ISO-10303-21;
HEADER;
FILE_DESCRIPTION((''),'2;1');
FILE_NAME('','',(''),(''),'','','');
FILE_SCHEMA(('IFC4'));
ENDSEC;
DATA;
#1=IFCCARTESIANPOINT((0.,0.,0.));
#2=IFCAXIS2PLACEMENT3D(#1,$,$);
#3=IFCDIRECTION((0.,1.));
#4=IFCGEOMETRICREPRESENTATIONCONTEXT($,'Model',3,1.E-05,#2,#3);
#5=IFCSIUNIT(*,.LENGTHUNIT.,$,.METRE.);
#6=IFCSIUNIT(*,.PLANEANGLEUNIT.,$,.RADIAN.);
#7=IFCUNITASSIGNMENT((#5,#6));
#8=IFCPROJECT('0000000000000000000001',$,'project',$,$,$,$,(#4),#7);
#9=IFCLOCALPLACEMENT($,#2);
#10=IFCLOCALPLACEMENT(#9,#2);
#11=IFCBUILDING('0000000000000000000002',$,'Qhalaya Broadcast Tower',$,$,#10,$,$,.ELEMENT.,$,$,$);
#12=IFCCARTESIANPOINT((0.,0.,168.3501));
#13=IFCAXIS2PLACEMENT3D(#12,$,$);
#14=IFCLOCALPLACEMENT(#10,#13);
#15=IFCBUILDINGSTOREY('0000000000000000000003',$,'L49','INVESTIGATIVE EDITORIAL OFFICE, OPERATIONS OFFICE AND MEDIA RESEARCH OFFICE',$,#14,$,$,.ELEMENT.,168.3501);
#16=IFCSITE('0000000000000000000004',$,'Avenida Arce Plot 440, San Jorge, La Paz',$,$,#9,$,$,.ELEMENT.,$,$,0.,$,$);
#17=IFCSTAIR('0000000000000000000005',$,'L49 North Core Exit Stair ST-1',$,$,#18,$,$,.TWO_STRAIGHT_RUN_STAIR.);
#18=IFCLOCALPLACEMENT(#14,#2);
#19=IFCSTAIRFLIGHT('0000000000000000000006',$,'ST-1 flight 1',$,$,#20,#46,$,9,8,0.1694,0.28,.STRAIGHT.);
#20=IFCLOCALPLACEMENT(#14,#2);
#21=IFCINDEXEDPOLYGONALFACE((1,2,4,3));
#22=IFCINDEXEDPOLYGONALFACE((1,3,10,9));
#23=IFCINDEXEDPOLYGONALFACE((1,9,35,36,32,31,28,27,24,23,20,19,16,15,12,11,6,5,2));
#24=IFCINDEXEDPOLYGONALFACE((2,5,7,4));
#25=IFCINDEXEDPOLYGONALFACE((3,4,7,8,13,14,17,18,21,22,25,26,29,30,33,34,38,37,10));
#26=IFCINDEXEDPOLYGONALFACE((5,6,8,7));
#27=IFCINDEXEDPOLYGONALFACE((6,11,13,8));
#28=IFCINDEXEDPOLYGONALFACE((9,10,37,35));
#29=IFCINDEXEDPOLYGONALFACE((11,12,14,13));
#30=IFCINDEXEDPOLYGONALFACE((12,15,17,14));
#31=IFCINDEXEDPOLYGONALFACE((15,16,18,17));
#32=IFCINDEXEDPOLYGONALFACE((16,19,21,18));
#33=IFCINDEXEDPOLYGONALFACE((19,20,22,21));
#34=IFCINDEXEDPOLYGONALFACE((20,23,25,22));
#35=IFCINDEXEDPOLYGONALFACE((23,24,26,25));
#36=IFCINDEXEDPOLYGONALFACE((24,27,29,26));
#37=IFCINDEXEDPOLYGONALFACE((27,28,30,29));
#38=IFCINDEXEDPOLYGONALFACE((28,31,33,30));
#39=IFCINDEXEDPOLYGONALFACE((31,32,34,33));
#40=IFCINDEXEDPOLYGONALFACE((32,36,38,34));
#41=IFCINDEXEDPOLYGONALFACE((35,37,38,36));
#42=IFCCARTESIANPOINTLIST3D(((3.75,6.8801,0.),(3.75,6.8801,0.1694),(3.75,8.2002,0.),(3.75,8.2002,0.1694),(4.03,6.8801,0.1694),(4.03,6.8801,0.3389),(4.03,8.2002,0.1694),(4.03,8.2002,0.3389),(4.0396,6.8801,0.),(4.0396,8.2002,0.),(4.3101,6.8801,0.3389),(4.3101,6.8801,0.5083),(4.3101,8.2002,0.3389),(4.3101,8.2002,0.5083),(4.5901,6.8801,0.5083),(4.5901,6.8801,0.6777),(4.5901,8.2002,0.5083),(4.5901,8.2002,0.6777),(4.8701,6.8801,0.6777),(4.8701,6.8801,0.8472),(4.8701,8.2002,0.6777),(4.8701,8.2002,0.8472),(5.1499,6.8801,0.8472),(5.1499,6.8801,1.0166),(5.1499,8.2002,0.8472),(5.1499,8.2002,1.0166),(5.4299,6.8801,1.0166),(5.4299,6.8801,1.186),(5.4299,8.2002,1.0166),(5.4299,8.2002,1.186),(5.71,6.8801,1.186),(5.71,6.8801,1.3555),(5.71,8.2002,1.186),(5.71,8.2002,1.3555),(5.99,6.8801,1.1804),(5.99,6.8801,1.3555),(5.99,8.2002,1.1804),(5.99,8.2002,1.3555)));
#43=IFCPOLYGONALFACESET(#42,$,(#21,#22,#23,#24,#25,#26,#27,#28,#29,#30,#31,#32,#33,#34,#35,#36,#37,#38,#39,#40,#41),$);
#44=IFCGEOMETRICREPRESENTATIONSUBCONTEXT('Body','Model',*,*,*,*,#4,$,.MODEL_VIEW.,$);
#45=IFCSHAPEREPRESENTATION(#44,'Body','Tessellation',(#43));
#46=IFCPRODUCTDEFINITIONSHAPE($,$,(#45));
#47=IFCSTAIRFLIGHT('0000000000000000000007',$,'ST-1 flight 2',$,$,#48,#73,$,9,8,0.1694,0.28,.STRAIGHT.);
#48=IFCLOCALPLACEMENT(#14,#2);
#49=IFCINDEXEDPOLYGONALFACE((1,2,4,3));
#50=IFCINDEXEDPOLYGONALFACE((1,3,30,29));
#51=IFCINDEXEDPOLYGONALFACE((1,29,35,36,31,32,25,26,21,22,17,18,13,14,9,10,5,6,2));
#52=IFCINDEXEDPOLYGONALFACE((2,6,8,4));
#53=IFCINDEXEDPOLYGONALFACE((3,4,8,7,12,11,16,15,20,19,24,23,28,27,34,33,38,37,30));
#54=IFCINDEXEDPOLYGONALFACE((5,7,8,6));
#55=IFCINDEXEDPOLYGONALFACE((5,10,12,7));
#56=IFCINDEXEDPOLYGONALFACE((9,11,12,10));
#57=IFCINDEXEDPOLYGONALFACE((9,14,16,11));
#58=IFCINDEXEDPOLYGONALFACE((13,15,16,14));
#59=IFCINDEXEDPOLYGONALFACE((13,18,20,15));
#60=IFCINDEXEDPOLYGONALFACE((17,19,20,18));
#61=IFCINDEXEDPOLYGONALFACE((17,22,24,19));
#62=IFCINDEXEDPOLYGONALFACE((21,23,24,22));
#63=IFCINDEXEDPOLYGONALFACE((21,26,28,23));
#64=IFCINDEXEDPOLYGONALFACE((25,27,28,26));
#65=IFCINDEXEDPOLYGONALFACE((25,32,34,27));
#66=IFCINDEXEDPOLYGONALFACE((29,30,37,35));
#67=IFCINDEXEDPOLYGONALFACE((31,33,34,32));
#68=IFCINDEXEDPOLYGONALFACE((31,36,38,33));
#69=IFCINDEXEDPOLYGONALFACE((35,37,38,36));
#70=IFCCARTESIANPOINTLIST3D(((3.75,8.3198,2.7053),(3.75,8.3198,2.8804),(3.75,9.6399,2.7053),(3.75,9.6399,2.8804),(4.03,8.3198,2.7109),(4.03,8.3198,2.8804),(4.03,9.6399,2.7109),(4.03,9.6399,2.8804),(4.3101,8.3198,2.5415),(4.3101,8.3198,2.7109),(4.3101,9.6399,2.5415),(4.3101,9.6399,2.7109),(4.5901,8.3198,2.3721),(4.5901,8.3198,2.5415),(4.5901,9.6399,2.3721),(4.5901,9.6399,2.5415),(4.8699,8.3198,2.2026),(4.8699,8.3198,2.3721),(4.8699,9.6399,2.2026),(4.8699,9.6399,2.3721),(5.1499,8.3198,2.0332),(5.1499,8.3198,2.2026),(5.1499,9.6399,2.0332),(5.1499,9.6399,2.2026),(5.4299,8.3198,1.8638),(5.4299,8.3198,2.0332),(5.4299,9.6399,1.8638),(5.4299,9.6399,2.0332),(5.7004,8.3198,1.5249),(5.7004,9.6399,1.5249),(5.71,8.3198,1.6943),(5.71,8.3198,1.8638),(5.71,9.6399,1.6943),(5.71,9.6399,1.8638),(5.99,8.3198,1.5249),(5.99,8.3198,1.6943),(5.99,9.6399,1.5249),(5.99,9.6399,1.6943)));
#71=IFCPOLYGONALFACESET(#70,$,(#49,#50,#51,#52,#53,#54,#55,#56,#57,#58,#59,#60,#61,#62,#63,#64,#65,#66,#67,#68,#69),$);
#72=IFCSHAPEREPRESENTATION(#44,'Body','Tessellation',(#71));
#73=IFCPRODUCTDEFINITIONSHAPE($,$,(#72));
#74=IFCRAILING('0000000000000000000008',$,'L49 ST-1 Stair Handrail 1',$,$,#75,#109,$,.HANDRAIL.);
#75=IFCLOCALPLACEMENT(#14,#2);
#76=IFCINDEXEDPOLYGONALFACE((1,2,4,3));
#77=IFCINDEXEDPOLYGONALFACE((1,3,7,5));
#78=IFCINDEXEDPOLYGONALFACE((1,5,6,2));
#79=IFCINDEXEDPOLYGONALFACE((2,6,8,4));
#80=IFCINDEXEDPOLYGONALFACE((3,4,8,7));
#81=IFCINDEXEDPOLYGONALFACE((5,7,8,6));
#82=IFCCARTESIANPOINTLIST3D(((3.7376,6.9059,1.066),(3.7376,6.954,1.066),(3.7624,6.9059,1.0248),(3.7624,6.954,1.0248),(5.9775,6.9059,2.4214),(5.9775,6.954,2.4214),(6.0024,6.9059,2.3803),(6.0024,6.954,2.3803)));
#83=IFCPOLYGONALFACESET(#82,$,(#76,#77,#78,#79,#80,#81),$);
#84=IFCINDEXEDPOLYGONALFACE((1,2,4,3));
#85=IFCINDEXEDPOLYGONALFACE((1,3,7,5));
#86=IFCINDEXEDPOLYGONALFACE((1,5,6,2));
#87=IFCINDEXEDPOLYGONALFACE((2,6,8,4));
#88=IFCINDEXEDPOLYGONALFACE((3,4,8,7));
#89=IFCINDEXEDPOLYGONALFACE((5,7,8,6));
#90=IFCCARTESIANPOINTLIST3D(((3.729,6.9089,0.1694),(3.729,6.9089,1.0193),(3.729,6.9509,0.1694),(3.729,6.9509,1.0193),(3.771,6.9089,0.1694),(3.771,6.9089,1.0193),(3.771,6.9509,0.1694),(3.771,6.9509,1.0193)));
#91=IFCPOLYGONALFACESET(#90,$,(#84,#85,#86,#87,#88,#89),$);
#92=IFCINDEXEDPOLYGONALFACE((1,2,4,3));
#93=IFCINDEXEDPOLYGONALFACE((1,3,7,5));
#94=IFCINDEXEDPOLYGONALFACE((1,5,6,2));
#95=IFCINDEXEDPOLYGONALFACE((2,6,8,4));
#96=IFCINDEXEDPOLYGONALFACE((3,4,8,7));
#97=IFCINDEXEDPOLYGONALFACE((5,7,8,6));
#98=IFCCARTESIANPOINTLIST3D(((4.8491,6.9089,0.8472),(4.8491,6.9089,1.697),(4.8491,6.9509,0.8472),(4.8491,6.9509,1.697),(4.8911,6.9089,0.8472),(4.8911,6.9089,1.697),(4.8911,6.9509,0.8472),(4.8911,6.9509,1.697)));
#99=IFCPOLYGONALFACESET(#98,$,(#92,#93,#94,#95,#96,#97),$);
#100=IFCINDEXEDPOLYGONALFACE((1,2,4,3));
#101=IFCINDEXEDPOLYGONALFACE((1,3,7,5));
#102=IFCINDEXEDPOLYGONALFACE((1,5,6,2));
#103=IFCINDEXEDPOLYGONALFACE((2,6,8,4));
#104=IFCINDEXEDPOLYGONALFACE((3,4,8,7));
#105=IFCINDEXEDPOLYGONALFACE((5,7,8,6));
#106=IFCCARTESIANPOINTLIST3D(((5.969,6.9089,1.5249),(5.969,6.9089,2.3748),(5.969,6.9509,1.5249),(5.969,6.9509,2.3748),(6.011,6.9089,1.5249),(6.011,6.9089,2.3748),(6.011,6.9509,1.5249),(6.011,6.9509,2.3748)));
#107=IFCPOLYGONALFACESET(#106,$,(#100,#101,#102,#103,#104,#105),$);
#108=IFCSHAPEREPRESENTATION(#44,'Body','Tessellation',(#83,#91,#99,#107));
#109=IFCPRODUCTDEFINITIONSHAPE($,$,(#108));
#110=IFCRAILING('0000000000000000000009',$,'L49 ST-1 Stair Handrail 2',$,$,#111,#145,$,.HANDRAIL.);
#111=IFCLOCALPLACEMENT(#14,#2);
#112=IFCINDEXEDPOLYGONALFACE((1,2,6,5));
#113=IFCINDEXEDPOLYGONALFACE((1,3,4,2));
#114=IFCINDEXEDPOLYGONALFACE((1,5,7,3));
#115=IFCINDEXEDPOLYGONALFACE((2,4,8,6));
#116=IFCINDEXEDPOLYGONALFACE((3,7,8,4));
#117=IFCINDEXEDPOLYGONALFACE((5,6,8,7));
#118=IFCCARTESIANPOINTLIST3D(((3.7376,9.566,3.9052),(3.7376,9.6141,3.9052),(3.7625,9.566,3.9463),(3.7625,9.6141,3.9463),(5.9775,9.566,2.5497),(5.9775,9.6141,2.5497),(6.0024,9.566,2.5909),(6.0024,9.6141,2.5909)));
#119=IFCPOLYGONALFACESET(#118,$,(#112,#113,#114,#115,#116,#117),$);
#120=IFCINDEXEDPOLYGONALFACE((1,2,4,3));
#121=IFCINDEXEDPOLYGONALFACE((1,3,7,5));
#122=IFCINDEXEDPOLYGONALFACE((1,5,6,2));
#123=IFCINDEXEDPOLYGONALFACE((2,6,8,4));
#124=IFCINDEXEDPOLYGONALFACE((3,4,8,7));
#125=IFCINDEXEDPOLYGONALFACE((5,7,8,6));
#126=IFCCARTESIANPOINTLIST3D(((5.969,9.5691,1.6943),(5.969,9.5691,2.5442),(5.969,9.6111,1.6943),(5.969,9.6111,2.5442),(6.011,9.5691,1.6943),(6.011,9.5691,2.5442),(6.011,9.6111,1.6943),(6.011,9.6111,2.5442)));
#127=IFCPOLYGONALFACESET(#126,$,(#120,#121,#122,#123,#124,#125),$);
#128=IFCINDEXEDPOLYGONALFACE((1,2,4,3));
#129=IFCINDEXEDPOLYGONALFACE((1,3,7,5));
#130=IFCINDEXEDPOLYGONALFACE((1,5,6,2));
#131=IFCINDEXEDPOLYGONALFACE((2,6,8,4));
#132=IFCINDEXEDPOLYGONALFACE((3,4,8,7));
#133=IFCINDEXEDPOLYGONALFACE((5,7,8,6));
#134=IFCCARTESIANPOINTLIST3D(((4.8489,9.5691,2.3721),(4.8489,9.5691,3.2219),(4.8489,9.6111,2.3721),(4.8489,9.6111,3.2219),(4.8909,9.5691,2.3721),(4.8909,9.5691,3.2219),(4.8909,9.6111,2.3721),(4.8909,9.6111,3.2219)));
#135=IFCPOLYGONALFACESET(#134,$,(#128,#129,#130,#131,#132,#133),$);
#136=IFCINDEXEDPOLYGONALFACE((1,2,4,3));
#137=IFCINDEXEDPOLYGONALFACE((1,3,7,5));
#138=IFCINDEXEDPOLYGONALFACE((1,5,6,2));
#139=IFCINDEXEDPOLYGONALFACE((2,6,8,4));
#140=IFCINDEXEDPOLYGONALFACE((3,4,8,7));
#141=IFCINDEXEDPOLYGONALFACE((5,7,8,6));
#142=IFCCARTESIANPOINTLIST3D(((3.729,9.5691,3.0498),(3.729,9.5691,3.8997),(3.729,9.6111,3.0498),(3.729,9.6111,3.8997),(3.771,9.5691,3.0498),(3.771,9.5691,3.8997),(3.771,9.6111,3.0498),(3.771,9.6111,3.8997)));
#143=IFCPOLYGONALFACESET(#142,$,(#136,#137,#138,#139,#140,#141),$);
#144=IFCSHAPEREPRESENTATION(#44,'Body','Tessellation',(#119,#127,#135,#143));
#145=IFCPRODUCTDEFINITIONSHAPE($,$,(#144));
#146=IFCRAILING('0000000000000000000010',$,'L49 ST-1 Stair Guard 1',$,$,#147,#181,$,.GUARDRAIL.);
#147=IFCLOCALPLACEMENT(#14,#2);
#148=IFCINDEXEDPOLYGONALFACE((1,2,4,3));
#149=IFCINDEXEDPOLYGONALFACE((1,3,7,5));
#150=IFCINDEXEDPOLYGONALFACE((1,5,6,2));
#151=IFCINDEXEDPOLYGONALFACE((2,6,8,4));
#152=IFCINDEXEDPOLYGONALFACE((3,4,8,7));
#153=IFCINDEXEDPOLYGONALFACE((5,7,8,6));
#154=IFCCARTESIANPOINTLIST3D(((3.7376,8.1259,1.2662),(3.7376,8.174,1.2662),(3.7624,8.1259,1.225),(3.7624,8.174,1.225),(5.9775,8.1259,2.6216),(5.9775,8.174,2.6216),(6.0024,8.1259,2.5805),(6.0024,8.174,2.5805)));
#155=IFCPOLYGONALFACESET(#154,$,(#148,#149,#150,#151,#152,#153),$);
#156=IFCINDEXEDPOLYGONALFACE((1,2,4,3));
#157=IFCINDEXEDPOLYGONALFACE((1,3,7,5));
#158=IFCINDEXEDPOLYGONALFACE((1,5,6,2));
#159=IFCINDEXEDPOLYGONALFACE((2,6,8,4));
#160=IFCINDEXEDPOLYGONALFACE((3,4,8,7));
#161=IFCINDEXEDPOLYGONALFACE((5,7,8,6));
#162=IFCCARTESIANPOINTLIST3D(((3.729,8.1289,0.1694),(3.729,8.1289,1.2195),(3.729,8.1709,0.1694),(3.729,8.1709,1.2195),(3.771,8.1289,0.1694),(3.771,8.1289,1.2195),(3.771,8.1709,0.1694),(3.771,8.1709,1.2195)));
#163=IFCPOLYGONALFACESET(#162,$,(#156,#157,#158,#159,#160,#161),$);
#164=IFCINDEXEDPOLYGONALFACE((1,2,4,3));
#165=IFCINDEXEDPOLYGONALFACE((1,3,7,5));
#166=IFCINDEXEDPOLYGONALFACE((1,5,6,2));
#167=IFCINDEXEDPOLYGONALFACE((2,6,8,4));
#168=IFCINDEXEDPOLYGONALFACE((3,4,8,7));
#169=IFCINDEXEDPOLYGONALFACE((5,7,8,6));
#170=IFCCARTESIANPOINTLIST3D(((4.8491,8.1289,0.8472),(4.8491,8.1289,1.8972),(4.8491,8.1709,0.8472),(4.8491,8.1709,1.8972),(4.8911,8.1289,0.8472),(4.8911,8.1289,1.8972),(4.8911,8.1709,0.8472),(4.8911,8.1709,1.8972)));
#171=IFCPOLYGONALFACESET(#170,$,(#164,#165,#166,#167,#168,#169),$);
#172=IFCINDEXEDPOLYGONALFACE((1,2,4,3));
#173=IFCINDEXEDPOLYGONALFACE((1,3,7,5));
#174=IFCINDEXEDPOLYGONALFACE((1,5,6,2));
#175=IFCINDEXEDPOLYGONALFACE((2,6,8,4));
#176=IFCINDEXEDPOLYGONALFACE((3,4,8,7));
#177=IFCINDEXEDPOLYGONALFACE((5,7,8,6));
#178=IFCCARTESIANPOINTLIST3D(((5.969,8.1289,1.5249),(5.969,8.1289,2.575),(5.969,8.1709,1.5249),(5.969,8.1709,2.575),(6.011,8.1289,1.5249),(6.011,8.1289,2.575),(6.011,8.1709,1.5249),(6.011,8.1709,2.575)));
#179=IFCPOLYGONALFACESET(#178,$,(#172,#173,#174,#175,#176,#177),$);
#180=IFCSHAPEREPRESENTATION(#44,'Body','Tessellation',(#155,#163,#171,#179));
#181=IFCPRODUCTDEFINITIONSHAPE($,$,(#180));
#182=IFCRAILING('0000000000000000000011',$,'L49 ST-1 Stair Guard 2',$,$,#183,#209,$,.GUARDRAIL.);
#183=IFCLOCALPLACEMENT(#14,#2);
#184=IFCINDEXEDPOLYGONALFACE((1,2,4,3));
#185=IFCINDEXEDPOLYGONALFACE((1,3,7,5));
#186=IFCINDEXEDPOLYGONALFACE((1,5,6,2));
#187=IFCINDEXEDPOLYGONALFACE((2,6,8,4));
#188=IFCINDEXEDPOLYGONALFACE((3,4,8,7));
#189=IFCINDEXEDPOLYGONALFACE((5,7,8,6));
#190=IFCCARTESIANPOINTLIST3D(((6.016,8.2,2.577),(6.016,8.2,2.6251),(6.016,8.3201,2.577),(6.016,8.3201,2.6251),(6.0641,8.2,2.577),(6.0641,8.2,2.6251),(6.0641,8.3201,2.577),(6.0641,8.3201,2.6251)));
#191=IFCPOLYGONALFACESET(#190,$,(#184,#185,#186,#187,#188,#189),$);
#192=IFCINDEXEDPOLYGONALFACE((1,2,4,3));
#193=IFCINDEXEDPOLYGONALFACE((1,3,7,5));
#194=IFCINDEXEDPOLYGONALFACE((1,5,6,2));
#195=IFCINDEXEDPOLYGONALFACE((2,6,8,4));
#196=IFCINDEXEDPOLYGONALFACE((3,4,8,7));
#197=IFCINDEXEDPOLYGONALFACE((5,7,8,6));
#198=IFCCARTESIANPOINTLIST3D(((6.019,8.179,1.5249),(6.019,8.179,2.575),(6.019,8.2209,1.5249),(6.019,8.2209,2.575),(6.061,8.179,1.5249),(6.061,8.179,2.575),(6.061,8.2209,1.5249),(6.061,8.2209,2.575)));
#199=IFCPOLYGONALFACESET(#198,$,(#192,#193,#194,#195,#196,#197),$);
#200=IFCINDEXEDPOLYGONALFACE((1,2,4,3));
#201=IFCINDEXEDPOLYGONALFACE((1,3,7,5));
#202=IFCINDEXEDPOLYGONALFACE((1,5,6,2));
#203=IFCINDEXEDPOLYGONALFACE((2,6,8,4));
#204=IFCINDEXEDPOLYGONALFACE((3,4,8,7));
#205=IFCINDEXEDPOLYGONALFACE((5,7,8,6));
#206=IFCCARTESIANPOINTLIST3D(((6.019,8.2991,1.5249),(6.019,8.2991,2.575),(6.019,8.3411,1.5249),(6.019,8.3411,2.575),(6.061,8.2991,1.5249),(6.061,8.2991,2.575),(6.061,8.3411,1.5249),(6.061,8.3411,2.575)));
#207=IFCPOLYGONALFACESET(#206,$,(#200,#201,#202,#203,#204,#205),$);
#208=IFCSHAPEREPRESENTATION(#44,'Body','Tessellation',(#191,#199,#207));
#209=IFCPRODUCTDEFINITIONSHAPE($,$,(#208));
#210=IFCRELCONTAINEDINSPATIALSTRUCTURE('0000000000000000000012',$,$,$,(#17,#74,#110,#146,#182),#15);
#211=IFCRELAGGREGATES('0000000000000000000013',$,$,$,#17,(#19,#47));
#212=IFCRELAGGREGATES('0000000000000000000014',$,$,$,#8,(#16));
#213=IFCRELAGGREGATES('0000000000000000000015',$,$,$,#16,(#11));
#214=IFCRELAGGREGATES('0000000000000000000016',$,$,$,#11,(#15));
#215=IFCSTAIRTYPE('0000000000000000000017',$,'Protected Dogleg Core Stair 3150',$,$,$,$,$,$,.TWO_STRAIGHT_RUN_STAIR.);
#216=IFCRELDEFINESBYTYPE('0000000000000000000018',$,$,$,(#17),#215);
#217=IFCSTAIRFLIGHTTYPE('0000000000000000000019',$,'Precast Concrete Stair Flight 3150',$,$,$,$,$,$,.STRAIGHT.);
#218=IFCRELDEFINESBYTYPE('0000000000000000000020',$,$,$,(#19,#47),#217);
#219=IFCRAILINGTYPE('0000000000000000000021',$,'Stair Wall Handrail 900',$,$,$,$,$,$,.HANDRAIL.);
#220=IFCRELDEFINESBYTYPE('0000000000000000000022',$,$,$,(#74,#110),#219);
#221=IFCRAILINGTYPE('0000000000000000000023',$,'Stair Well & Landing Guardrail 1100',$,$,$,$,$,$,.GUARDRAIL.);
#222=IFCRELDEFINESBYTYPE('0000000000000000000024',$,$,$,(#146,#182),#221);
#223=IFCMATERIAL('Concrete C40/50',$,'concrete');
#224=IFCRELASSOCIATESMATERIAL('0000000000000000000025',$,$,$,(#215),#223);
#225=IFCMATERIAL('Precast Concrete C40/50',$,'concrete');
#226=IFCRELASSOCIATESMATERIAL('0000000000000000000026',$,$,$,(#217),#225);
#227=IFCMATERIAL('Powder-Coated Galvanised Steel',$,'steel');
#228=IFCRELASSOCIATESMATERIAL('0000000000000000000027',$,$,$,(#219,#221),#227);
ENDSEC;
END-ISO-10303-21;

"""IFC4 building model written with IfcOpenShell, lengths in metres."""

from ifc_helpers import new_model, si_unit, direction, frame, origin, origin_2d, place, context, subcontext, project, spatial, polyline, rectangle, outline, extrude, material, type_object, element, aggregate, save


model = new_model("IFC4")

# Units and contexts
model_context = context("Model", 3, precision=1e-05, world=origin(), true_north=direction((0.0, 1.0)))
body_context = subcontext(model_context, "Body", "Model", "MODEL_VIEW")
ifc_project = project(units=[si_unit("LENGTHUNIT", "METRE"), si_unit("PLANEANGLEUNIT", "RADIAN")], contexts=[model_context])

# Site, building, storey
site_placement = place(None, origin())
site = spatial("IfcSite", under=ifc_project, at=site_placement, Name="Avenida Arce Plot 440, San Jorge, La Paz", CompositionType="ELEMENT", RefElevation=0.0)
building_placement = place(site_placement, origin())
building = spatial("IfcBuilding", under=site, at=building_placement, Name="Qhalaya Broadcast Tower", CompositionType="ELEMENT")
storey_placement = place(building_placement, frame((0.0, 0.0, 168.3501)))
storey = spatial("IfcBuildingStorey", under=building, at=storey_placement, Name="L49", Description="INVESTIGATIVE EDITORIAL OFFICE, OPERATIONS OFFICE AND MEDIA RESEARCH OFFICE", CompositionType="ELEMENT", Elevation=168.3501)

# Stair, stair flights
ifc_material_1 = material(Name="Concrete C40/50", Category="concrete")
stair_type = type_object("IfcStairType", Name="Protected Dogleg Core Stair 3150", PredefinedType="TWO_STRAIGHT_RUN_STAIR", material=ifc_material_1)
stair_placement = place(storey_placement, origin())
stair = element("IfcStair", 1, at=stair_placement, inside=storey, type_object=stair_type, Name="L49 North Core Exit Stair ST-1", PredefinedType="TWO_STRAIGHT_RUN_STAIR")
ifc_material_2 = material(Name="Precast Concrete C40/50", Category="concrete")
stair_flight_type = type_object("IfcStairFlightType", Name="Precast Concrete Stair Flight 3150", PredefinedType="STRAIGHT", material=ifc_material_2)
stair_flight_1_placement = place(storey_placement, frame((3.75, 7.54, 0.0), z_axis=(0.0, 0.0, 1.0), x_axis=(1.0, 0.0, 0.0)))
stair_flight_1 = element("IfcStairFlight", 2, at=stair_flight_1_placement, type_object=stair_flight_type, Name="ST-1 flight 1", NumberOfRisers=9, NumberOfTreads=8, PredefinedType="STRAIGHT", RiserHeight=0.1694, TreadLength=0.28, context=body_context, shape_type="SweptSolid", body=[
    extrude(outline(polyline([(0.0, 0.0), (0.0, 0.1694), (0.28, 0.1694), (0.28, 0.3389), (0.5601, 0.3389), (0.5601, 0.5083), (0.8401, 0.5083), (0.8401, 0.6777), (1.1201, 0.6777), (1.1201, 0.8472), (1.3999, 0.8472), (1.3999, 1.0166), (1.6799, 1.0166), (1.6799, 1.186), (1.96, 1.186), (1.96, 1.3555), (2.24, 1.3555), (2.24, 1.5249), (2.24, 1.1804), (0.2896, 0.0), (0.0, 0.0)])), frame((0.0, 0.6602, 0.0), z_axis=(0.0, -1.0, 0.0), x_axis=(1.0, 0.0, 0.0)), (0.0, 0.0, 1.0), 1.3201),
])
stair_flight_2_placement = place(storey_placement, frame((5.99, 8.98, 1.5249), z_axis=(0.0, 0.0, 1.0), x_axis=(-1.0, 0.0, 0.0)))
stair_flight_2 = element("IfcStairFlight", 3, at=stair_flight_2_placement, type_object=stair_flight_type, Name="ST-1 flight 2", NumberOfRisers=9, NumberOfTreads=8, PredefinedType="STRAIGHT", RiserHeight=0.1694, TreadLength=0.28, context=body_context, shape_type="SweptSolid", body=[
    extrude(outline(polyline([(0.0, 0.0), (0.0, 0.1694), (0.28, 0.1694), (0.28, 0.3389), (0.5601, 0.3389), (0.5601, 0.5083), (0.8401, 0.5083), (0.8401, 0.6777), (1.1201, 0.6777), (1.1201, 0.8472), (1.3999, 0.8472), (1.3999, 1.0166), (1.6799, 1.0166), (1.6799, 1.186), (1.96, 1.186), (1.96, 1.3555), (2.24, 1.3555), (2.24, 1.5249), (2.24, 1.1804), (0.2896, 0.0), (0.0, 0.0)])), frame((0.0, 0.6602, 0.0), z_axis=(0.0, -1.0, 0.0), x_axis=(1.0, 0.0, 0.0)), (0.0, 0.0, 1.0), 1.3201),
])
aggregate(stair, [stair_flight_1, stair_flight_2])

# Railings
ifc_material_3 = material(Name="Powder-Coated Galvanised Steel", Category="steel")
railing_type_1 = type_object("IfcRailingType", Name="Stair Wall Handrail 900", PredefinedType="HANDRAIL", material=ifc_material_3)
railing_1_placement = place(storey_placement, frame((3.75, 6.9299, 0.1694)))
element("IfcRailing", 4, at=railing_1_placement, inside=storey, type_object=railing_type_1, Name="L49 ST-1 Stair Handrail 1", PredefinedType="HANDRAIL", context=body_context, shape_type="SweptSolid", body=[
    extrude(rectangle(XDim=0.0481, YDim=0.0481, at=origin_2d()), frame((0.0, 0.0, 0.876), z_axis=(0.855553, 0.0, 0.517715), x_axis=(0.0, 1.0, 0.0)), (0.0, 0.0, 1.0), 2.6182),
    extrude(rectangle(XDim=0.042, YDim=0.042, at=origin_2d()), origin(), (0.0, 0.0, 1.0), 0.8499),
    extrude(rectangle(XDim=0.042, YDim=0.042, at=origin_2d()), frame((1.1201, 0.0, 0.6777)), (0.0, 0.0, 1.0), 0.8499),
    extrude(rectangle(XDim=0.042, YDim=0.042, at=origin_2d()), frame((2.24, 0.0, 1.3555)), (0.0, 0.0, 1.0), 0.8499),
])
railing_2_placement = place(storey_placement, frame((5.99, 9.5901, 1.6943)))
element("IfcRailing", 5, at=railing_2_placement, inside=storey, type_object=railing_type_1, Name="L49 ST-1 Stair Handrail 2", PredefinedType="HANDRAIL", context=body_context, shape_type="SweptSolid", body=[
    extrude(rectangle(XDim=0.0481, YDim=0.0481, at=origin_2d()), frame((0.0, 0.0, 0.876), z_axis=(-0.855553, 0.0, 0.517715), x_axis=(0.0, -1.0, 0.0)), (0.0, 0.0, 1.0), 2.6182),
    extrude(rectangle(XDim=0.042, YDim=0.042, at=origin_2d()), origin(), (0.0, 0.0, 1.0), 0.8499),
    extrude(rectangle(XDim=0.042, YDim=0.042, at=origin_2d()), frame((-1.1201, 0.0, 0.6777)), (0.0, 0.0, 1.0), 0.8499),
    extrude(rectangle(XDim=0.042, YDim=0.042, at=origin_2d()), frame((-2.24, 0.0, 1.3555)), (0.0, 0.0, 1.0), 0.8499),
])
railing_type_2 = type_object("IfcRailingType", Name="Stair Well & Landing Guardrail 1100", PredefinedType="GUARDRAIL", material=ifc_material_3)
railing_3_placement = place(storey_placement, frame((3.75, 8.1499, 0.1694)))
element("IfcRailing", 6, at=railing_3_placement, inside=storey, type_object=railing_type_2, Name="L49 ST-1 Stair Guard 1", PredefinedType="GUARDRAIL", context=body_context, shape_type="SweptSolid", body=[
    extrude(rectangle(XDim=0.0481, YDim=0.0481, at=origin_2d()), frame((0.0, 0.0, 1.0762), z_axis=(0.855553, 0.0, 0.517715), x_axis=(0.0, 1.0, 0.0)), (0.0, 0.0, 1.0), 2.6182),
    extrude(rectangle(XDim=0.042, YDim=0.042, at=origin_2d()), origin(), (0.0, 0.0, 1.0), 1.05),
    extrude(rectangle(XDim=0.042, YDim=0.042, at=origin_2d()), frame((1.1201, 0.0, 0.6777)), (0.0, 0.0, 1.0), 1.05),
    extrude(rectangle(XDim=0.042, YDim=0.042, at=origin_2d()), frame((2.24, 0.0, 1.3555)), (0.0, 0.0, 1.0), 1.05),
])
railing_4_placement = place(storey_placement, frame((6.04, 8.2, 1.5249)))
element("IfcRailing", 7, at=railing_4_placement, inside=storey, type_object=railing_type_2, Name="L49 ST-1 Stair Guard 2", PredefinedType="GUARDRAIL", context=body_context, shape_type="SweptSolid", body=[
    extrude(rectangle(XDim=0.0481, YDim=0.0481, at=origin_2d()), frame((0.0, 0.0, 1.0762), z_axis=(0.0, 1.0, 0.0), x_axis=(-1.0, 0.0, 0.0)), (0.0, 0.0, 1.0), 0.1201),
    extrude(rectangle(XDim=0.042, YDim=0.042, at=origin_2d()), origin(), (0.0, 0.0, 1.0), 1.05),
    extrude(rectangle(XDim=0.042, YDim=0.042, at=origin_2d()), frame((0.0, 0.1201, 0.0)), (0.0, 0.0, 1.0), 1.05),
])

save(model, "model.ifc")
